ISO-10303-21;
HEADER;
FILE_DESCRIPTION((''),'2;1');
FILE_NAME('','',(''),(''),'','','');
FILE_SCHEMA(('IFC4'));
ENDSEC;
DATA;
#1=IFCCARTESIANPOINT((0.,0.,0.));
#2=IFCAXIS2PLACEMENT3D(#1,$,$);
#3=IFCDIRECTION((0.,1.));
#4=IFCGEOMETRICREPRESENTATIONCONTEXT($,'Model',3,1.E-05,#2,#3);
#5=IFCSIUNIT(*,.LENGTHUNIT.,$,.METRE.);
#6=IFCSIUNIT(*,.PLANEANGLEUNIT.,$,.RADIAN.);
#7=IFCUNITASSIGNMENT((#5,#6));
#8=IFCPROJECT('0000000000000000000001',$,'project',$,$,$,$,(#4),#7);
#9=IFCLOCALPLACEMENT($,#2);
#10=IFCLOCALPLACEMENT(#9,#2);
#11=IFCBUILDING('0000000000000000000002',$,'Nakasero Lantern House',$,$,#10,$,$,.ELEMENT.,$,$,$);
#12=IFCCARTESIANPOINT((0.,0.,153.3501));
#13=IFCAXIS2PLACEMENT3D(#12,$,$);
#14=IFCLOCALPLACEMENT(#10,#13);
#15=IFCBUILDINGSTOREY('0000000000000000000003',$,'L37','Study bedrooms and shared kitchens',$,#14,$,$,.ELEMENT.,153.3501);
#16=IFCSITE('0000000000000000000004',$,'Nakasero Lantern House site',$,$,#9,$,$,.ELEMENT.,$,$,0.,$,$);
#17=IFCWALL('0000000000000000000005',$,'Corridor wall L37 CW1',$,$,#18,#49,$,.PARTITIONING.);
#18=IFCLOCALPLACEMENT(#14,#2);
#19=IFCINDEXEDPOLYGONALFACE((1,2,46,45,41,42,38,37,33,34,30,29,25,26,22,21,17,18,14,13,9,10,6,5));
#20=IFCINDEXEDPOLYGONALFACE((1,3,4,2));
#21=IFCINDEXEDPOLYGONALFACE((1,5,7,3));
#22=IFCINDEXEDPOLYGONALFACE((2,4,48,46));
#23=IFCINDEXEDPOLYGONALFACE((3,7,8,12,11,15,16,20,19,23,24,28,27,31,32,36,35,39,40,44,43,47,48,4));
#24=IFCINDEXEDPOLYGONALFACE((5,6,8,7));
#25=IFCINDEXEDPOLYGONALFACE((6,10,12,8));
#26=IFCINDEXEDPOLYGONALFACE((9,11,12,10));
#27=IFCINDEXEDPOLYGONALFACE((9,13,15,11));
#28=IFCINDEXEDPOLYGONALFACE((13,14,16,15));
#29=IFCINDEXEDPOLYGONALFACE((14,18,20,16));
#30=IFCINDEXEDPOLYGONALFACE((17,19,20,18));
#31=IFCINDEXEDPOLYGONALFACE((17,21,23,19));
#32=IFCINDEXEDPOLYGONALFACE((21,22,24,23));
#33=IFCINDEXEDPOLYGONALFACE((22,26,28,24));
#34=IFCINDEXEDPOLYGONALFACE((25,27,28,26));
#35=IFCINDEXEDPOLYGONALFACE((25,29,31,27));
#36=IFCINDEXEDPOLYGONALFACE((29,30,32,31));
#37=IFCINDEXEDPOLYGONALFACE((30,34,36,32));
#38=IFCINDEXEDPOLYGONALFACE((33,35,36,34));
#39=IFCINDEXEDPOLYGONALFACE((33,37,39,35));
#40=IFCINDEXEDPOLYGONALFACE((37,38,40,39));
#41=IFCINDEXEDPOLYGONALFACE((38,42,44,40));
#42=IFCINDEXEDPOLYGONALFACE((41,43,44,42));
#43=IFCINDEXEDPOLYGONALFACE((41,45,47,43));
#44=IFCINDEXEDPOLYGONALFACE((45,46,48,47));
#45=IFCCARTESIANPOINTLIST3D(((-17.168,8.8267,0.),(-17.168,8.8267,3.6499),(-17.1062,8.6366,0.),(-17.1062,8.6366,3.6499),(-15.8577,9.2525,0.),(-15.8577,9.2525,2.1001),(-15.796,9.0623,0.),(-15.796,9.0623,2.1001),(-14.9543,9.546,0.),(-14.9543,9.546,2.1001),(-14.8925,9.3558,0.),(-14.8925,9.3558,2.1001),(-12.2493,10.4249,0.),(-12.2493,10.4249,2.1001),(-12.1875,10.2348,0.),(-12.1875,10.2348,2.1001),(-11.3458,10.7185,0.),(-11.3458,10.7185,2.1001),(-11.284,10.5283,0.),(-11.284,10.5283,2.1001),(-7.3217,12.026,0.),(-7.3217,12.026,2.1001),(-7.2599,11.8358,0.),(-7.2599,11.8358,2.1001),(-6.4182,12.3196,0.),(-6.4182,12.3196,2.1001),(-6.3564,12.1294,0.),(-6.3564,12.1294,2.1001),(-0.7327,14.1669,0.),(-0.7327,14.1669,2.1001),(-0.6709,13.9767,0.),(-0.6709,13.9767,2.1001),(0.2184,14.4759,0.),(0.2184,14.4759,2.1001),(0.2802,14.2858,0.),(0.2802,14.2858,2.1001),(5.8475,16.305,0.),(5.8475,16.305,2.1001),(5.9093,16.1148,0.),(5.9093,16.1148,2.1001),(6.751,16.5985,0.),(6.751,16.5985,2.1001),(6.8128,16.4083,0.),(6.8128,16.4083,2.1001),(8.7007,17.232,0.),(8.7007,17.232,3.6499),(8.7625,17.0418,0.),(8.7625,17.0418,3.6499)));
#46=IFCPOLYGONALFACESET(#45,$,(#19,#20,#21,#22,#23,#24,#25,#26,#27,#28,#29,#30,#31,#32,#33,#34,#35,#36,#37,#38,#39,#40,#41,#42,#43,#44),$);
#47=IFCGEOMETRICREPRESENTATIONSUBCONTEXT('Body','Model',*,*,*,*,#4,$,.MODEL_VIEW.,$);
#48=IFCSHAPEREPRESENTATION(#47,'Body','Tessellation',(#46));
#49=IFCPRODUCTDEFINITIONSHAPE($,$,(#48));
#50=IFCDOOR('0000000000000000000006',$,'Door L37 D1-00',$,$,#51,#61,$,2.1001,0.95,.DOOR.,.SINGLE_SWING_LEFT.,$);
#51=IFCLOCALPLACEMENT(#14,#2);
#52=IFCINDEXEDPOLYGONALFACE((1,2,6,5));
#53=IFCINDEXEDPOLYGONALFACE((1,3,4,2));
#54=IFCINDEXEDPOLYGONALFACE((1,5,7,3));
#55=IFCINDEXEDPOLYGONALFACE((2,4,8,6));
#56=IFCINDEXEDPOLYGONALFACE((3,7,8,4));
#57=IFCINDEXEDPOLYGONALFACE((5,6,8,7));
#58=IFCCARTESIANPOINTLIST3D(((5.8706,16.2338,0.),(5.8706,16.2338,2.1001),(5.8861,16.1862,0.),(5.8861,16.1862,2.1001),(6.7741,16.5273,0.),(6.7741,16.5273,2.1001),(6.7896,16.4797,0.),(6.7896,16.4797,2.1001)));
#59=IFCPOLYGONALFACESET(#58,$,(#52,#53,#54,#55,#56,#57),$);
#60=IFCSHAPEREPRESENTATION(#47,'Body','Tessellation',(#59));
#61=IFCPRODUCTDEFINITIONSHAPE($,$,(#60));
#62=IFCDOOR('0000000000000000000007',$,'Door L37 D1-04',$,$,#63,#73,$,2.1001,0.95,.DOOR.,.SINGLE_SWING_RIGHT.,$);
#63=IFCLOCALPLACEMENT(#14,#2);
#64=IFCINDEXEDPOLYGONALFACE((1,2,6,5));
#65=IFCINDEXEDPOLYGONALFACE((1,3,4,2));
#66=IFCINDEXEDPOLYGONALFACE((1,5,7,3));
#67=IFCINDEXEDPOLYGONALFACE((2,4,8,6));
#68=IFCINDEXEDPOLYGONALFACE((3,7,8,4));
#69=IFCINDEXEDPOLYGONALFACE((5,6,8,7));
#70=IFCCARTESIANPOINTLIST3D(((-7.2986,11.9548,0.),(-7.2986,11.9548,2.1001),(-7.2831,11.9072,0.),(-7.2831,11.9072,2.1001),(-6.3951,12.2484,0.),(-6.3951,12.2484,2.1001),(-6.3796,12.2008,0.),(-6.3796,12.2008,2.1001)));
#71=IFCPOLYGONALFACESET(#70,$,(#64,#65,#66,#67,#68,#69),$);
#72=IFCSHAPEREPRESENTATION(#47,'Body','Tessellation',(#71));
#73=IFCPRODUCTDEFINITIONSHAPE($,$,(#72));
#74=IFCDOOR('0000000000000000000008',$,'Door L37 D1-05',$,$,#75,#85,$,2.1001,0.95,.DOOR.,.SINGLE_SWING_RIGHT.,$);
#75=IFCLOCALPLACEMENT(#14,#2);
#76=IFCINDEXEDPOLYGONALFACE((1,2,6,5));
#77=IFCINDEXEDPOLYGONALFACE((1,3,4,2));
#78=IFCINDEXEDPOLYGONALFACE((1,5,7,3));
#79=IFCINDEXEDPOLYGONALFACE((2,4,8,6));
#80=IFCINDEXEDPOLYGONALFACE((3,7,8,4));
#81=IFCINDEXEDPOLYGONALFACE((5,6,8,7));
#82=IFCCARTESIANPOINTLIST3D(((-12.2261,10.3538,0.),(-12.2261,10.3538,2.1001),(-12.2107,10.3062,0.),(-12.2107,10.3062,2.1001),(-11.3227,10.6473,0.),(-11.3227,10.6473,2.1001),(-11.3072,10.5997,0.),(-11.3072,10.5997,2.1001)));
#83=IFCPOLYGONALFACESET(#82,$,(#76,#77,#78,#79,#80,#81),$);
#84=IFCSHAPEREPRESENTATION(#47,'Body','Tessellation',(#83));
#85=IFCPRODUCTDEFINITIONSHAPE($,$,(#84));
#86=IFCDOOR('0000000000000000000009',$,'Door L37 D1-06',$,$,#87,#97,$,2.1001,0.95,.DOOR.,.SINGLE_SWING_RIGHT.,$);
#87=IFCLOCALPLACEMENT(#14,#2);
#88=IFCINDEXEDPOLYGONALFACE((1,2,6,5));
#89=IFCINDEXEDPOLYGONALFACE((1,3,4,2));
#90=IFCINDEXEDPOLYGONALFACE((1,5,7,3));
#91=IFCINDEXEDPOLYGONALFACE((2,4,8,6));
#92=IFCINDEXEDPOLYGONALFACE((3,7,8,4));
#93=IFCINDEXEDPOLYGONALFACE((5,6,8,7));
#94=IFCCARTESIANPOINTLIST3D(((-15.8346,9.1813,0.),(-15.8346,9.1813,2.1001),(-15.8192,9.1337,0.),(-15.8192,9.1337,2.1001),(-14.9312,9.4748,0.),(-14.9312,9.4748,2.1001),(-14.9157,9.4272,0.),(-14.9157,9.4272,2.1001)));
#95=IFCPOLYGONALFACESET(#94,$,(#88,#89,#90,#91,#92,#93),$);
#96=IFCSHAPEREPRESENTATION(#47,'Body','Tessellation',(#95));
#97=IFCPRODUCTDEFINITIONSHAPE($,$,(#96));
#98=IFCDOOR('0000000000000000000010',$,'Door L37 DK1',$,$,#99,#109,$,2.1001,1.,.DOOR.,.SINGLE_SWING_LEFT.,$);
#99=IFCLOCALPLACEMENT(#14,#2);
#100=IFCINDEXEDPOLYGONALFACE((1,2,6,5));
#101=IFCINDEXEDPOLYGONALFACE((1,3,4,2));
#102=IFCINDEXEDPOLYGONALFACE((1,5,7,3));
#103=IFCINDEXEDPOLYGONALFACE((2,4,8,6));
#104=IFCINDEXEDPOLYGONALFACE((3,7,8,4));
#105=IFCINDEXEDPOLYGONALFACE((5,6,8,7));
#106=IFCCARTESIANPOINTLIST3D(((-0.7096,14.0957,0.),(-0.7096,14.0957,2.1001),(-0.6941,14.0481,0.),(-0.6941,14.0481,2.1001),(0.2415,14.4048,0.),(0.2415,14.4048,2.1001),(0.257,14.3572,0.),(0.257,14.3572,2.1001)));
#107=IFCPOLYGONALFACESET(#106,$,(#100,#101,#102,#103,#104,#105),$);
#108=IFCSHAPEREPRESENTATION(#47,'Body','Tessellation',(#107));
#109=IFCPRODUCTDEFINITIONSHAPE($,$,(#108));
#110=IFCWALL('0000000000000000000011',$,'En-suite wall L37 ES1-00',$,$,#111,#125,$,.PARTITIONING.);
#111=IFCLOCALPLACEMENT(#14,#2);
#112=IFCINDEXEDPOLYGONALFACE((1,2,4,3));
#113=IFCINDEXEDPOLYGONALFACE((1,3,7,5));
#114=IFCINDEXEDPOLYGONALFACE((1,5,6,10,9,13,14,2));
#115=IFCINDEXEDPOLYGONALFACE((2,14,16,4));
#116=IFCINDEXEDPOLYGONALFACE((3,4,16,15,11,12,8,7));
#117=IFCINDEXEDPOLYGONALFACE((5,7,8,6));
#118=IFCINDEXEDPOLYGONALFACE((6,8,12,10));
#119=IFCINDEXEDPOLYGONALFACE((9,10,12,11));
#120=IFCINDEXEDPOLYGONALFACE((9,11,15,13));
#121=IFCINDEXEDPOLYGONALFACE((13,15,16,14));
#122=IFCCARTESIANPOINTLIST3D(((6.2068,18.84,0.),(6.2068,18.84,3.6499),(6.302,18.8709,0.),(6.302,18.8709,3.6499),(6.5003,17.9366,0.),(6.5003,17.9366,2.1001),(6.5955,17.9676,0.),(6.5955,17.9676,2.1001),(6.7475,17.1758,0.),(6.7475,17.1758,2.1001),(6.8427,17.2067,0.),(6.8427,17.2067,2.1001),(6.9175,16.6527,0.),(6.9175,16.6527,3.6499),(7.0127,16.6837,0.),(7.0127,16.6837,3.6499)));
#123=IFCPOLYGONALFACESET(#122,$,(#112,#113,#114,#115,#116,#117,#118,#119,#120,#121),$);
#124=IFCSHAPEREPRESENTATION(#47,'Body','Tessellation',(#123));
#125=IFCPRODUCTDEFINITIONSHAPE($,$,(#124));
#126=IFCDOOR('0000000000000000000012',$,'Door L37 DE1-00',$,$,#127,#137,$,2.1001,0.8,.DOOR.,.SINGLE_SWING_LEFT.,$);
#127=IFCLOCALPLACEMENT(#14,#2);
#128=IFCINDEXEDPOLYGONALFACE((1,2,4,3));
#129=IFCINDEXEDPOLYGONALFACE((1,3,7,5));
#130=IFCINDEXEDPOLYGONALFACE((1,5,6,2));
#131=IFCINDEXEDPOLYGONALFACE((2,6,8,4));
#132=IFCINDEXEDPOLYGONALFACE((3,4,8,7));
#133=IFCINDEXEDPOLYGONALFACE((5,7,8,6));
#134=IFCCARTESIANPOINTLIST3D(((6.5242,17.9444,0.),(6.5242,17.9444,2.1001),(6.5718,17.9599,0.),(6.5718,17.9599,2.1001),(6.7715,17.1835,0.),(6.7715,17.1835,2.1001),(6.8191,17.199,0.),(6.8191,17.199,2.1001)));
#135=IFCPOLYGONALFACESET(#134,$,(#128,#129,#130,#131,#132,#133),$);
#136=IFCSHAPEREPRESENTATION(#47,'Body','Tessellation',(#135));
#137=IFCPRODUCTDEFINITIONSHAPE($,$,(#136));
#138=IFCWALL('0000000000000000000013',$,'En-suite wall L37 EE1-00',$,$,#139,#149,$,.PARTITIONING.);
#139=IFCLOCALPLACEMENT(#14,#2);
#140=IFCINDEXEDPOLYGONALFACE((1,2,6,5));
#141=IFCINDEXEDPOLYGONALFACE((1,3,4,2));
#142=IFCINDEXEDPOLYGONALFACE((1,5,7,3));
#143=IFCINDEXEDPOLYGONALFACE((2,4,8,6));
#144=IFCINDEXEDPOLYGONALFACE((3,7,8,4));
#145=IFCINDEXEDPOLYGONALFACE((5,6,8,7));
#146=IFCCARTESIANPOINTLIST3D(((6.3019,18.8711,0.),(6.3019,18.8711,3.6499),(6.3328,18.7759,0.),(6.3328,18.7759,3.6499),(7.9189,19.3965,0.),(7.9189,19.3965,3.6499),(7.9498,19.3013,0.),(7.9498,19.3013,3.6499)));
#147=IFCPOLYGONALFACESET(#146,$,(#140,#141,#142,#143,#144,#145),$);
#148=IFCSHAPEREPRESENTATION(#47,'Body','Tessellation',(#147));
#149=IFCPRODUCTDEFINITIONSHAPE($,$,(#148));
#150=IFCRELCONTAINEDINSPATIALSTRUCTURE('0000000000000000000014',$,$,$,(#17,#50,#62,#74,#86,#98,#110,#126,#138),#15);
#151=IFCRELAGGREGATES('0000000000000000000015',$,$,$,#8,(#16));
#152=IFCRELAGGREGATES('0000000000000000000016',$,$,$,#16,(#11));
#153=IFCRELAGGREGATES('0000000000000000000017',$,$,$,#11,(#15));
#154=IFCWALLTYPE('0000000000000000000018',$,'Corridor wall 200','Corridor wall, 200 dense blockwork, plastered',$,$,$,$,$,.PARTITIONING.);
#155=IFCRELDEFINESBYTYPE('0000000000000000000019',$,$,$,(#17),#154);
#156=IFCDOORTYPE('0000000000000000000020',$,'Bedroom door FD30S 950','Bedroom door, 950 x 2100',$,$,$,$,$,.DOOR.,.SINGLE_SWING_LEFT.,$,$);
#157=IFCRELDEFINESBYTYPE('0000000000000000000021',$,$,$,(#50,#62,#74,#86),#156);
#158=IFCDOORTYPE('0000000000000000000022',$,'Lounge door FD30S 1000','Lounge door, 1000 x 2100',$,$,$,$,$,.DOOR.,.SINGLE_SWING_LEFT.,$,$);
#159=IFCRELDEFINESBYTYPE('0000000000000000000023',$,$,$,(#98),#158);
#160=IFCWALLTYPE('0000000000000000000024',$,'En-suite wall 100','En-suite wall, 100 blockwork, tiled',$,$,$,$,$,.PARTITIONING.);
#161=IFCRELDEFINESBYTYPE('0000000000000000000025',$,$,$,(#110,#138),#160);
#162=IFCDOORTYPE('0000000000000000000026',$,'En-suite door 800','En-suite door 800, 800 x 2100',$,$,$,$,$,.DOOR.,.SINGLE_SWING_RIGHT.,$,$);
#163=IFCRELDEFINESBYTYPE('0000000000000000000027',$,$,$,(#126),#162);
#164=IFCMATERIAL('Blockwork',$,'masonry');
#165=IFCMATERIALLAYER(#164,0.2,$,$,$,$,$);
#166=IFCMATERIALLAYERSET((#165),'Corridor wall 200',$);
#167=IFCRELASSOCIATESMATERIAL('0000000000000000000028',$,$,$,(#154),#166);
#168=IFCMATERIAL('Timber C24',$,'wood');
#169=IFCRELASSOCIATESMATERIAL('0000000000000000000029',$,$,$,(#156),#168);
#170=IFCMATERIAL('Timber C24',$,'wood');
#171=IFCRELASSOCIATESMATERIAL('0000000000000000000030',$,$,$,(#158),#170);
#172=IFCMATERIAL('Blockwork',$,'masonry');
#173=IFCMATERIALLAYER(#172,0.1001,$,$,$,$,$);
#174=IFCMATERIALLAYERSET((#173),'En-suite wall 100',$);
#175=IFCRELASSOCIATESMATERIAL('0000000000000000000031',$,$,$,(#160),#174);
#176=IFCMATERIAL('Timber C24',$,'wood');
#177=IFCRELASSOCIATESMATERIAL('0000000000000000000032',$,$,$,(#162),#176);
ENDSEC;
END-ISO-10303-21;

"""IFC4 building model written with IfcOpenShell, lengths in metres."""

from ifc_helpers import new_model, si_unit, direction, frame, frame_2d, origin, place, context, subcontext, project, spatial, rectangle, extrude, material, layer, layer_set, type_object, element, fill, save


model = new_model("IFC4")

# Units and contexts
model_context = context("Model", 3, precision=1e-05, world=origin(), true_north=direction((0.0, 1.0)))
body_context = subcontext(model_context, "Body", "Model", "MODEL_VIEW")
ifc_project = project(units=[si_unit("LENGTHUNIT", "METRE"), si_unit("PLANEANGLEUNIT", "RADIAN")], contexts=[model_context])

# Site, building, storey
site_placement = place(None, origin())
site = spatial("IfcSite", under=ifc_project, at=site_placement, Name="Nakasero Lantern House site", CompositionType="ELEMENT", RefElevation=0.0)
building_placement = place(site_placement, origin())
building = spatial("IfcBuilding", under=site, at=building_placement, Name="Nakasero Lantern House", CompositionType="ELEMENT")
storey_placement = place(building_placement, frame((0.0, 0.0, 153.3501)))
storey = spatial("IfcBuildingStorey", under=building, at=storey_placement, Name="L37", Description="Study bedrooms and shared kitchens", CompositionType="ELEMENT", Elevation=153.3501)

# Wall, openings, doors
ifc_material_1 = material(Name="Blockwork", Category="masonry")
ifc_layer_1 = layer(ifc_material_1, 0.2)
ifc_layer_set_1 = layer_set([ifc_layer_1], Name="Corridor wall 200")
wall_type_1 = type_object("IfcWallType", Name="Corridor wall 200", Description="Corridor wall, 200 dense blockwork, plastered", PredefinedType="PARTITIONING", material=ifc_layer_set_1)
wall_1_placement = place(storey_placement, frame((8.7317, 17.137, 0.0), z_axis=(0.0, 0.0, 1.0), x_axis=(-0.951056, -0.309018, 0.0)))
wall_1 = element("IfcWall", 1, at=wall_1_placement, inside=storey, type_object=wall_type_1, Name="Corridor wall L37 CW1", PredefinedType="PARTITIONING", context=body_context, shape_type="SweptSolid", body=[
    extrude(rectangle(XDim=27.2, YDim=0.2, at=frame_2d((13.6001, 0.0))), origin(), (0.0, 0.0, 1.0), 3.6499),
])
opening_1_placement = place(wall_1_placement, frame((2.05, 0.0, 0.0)))
opening_1 = element("IfcOpeningElement", 2, at=opening_1_placement, cuts=wall_1, PredefinedType="OPENING", context=body_context, shape_type="SweptSolid", body=[
    extrude(rectangle(XDim=0.95, YDim=2.1001, at=frame_2d((0.4751, 1.05))), frame((0.0, 0.1199, 0.0), z_axis=(0.0, -1.0, 0.0), x_axis=(1.0, 0.0, 0.0)), (0.0, 0.0, 1.0), 0.24),
])
opening_2_placement = place(wall_1_placement, frame((15.897, 0.0, 0.0)))
opening_2 = element("IfcOpeningElement", 3, at=opening_2_placement, cuts=wall_1, PredefinedType="OPENING", context=body_context, shape_type="SweptSolid", body=[
    extrude(rectangle(XDim=0.95, YDim=2.1001, at=frame_2d((0.4751, 1.05))), frame((0.0, 0.1199, 0.0), z_axis=(0.0, -1.0, 0.0), x_axis=(1.0, 0.0, 0.0)), (0.0, 0.0, 1.0), 0.24),
])
opening_3_placement = place(wall_1_placement, frame((21.0781, 0.0, 0.0)))
opening_3 = element("IfcOpeningElement", 4, at=opening_3_placement, cuts=wall_1, PredefinedType="OPENING", context=body_context, shape_type="SweptSolid", body=[
    extrude(rectangle(XDim=0.95, YDim=2.1001, at=frame_2d((0.4751, 1.05))), frame((0.0, 0.1199, 0.0), z_axis=(0.0, -1.0, 0.0), x_axis=(1.0, 0.0, 0.0)), (0.0, 0.0, 1.0), 0.24),
])
opening_4_placement = place(wall_1_placement, frame((24.8723, 0.0, 0.0)))
opening_4 = element("IfcOpeningElement", 5, at=opening_4_placement, cuts=wall_1, PredefinedType="OPENING", context=body_context, shape_type="SweptSolid", body=[
    extrude(rectangle(XDim=0.95, YDim=2.1001, at=frame_2d((0.4751, 1.05))), frame((0.0, 0.1199, 0.0), z_axis=(0.0, -1.0, 0.0), x_axis=(1.0, 0.0, 0.0)), (0.0, 0.0, 1.0), 0.24),
])
opening_5_placement = place(wall_1_placement, frame((8.9189, 0.0, 0.0)))
opening_5 = element("IfcOpeningElement", 6, at=opening_5_placement, cuts=wall_1, PredefinedType="OPENING", context=body_context, shape_type="SweptSolid", body=[
    extrude(rectangle(XDim=1.0, YDim=2.1001, at=frame_2d((0.5, 1.05))), frame((0.0, 0.1199, 0.0), z_axis=(0.0, -1.0, 0.0), x_axis=(1.0, 0.0, 0.0)), (0.0, 0.0, 1.0), 0.24),
])
ifc_material_2 = material(Name="Timber C24", Category="wood")
door_type_1 = type_object("IfcDoorType", Name="Bedroom door FD30S 950", Description="Bedroom door, 950 x 2100", OperationType="SINGLE_SWING_LEFT", PredefinedType="DOOR", material=ifc_material_2)
door_1_placement = place(opening_1_placement, origin())
door_1 = element("IfcDoor", 7, at=door_1_placement, inside=storey, type_object=door_type_1, Name="Door L37 D1-00", OperationType="SINGLE_SWING_LEFT", OverallHeight=2.1001, OverallWidth=0.95, PredefinedType="DOOR", context=body_context, shape_type="SweptSolid", body=[
    extrude(rectangle(XDim=0.95, YDim=2.1001, at=frame_2d((0.4751, 1.05))), frame((0.0, 0.0249, 0.0), z_axis=(0.0, -1.0, 0.0), x_axis=(1.0, 0.0, 0.0)), (0.0, 0.0, 1.0), 0.05),
])
fill(opening_1, door_1)
door_2_placement = place(opening_2_placement, origin())
door_2 = element("IfcDoor", 8, at=door_2_placement, inside=storey, type_object=door_type_1, Name="Door L37 D1-04", OperationType="SINGLE_SWING_RIGHT", OverallHeight=2.1001, OverallWidth=0.95, PredefinedType="DOOR", context=body_context, shape_type="SweptSolid", body=[
    extrude(rectangle(XDim=0.95, YDim=2.1001, at=frame_2d((0.4751, 1.05))), frame((0.0, 0.0249, 0.0), z_axis=(0.0, -1.0, 0.0), x_axis=(1.0, 0.0, 0.0)), (0.0, 0.0, 1.0), 0.05),
])
fill(opening_2, door_2)
door_3_placement = place(opening_3_placement, origin())
door_3 = element("IfcDoor", 9, at=door_3_placement, inside=storey, type_object=door_type_1, Name="Door L37 D1-05", OperationType="SINGLE_SWING_RIGHT", OverallHeight=2.1001, OverallWidth=0.95, PredefinedType="DOOR", context=body_context, shape_type="SweptSolid", body=[
    extrude(rectangle(XDim=0.95, YDim=2.1001, at=frame_2d((0.4751, 1.05))), frame((0.0, 0.0249, 0.0), z_axis=(0.0, -1.0, 0.0), x_axis=(1.0, 0.0, 0.0)), (0.0, 0.0, 1.0), 0.05),
])
fill(opening_3, door_3)
door_4_placement = place(opening_4_placement, origin())
door_4 = element("IfcDoor", 10, at=door_4_placement, inside=storey, type_object=door_type_1, Name="Door L37 D1-06", OperationType="SINGLE_SWING_RIGHT", OverallHeight=2.1001, OverallWidth=0.95, PredefinedType="DOOR", context=body_context, shape_type="SweptSolid", body=[
    extrude(rectangle(XDim=0.95, YDim=2.1001, at=frame_2d((0.4751, 1.05))), frame((0.0, 0.0249, 0.0), z_axis=(0.0, -1.0, 0.0), x_axis=(1.0, 0.0, 0.0)), (0.0, 0.0, 1.0), 0.05),
])
fill(opening_4, door_4)
ifc_material_3 = material(Name="Timber C24", Category="wood")
door_type_2 = type_object("IfcDoorType", Name="Lounge door FD30S 1000", Description="Lounge door, 1000 x 2100", OperationType="SINGLE_SWING_LEFT", PredefinedType="DOOR", material=ifc_material_3)
door_5_placement = place(opening_5_placement, origin())
door_5 = element("IfcDoor", 11, at=door_5_placement, inside=storey, type_object=door_type_2, Name="Door L37 DK1", OperationType="SINGLE_SWING_LEFT", OverallHeight=2.1001, OverallWidth=1.0, PredefinedType="DOOR", context=body_context, shape_type="SweptSolid", body=[
    extrude(rectangle(XDim=1.0, YDim=2.1001, at=frame_2d((0.5, 1.05))), frame((0.0, 0.0249, 0.0), z_axis=(0.0, -1.0, 0.0), x_axis=(1.0, 0.0, 0.0)), (0.0, 0.0, 1.0), 0.05),
])
fill(opening_5, door_5)

# Wall, opening, door
ifc_material_4 = material(Name="Blockwork", Category="masonry")
ifc_layer_2 = layer(ifc_material_4, 0.1001)
ifc_layer_set_2 = layer_set([ifc_layer_2], Name="En-suite wall 100")
wall_type_2 = type_object("IfcWallType", Name="En-suite wall 100", Description="En-suite wall, 100 blockwork, tiled", PredefinedType="PARTITIONING", material=ifc_layer_set_2)
wall_2_placement = place(storey_placement, frame((6.9651, 16.6682, 0.0), z_axis=(0.0, 0.0, 1.0), x_axis=(-0.309021, 0.951055, 0.0)))
wall_2 = element("IfcWall", 12, at=wall_2_placement, inside=storey, type_object=wall_type_2, Name="En-suite wall L37 ES1-00", PredefinedType="PARTITIONING", context=body_context, shape_type="SweptSolid", body=[
    extrude(rectangle(XDim=2.2998, YDim=0.1001, at=frame_2d((1.1499, 0.0))), origin(), (0.0, 0.0, 1.0), 3.6499),
])
opening_6_placement = place(wall_2_placement, frame((0.55, 0.0, 0.0)))
opening_6 = element("IfcOpeningElement", 13, at=opening_6_placement, cuts=wall_2, PredefinedType="OPENING", context=body_context, shape_type="SweptSolid", body=[
    extrude(rectangle(XDim=0.8, YDim=2.1001, at=frame_2d((0.3999, 1.05))), frame((0.0, 0.0701, 0.0), z_axis=(0.0, -1.0, 0.0), x_axis=(1.0, 0.0, 0.0)), (0.0, 0.0, 1.0), 0.1401),
])
ifc_material_5 = material(Name="Timber C24", Category="wood")
door_type_3 = type_object("IfcDoorType", Name="En-suite door 800", Description="En-suite door 800, 800 x 2100", OperationType="SINGLE_SWING_RIGHT", PredefinedType="DOOR", material=ifc_material_5)
door_6_placement = place(opening_6_placement, origin())
door_6 = element("IfcDoor", 14, at=door_6_placement, inside=storey, type_object=door_type_3, Name="Door L37 DE1-00", OperationType="SINGLE_SWING_LEFT", OverallHeight=2.1001, OverallWidth=0.8, PredefinedType="DOOR", context=body_context, shape_type="SweptSolid", body=[
    extrude(rectangle(XDim=0.8, YDim=2.1001, at=frame_2d((0.3999, 1.05))), frame((0.0, 0.0249, 0.0), z_axis=(0.0, -1.0, 0.0), x_axis=(1.0, 0.0, 0.0)), (0.0, 0.0, 1.0), 0.05),
])
fill(opening_6, door_6)

# Wall
wall_3_placement = place(storey_placement, frame((7.9343, 19.3489, 0.0), z_axis=(0.0, 0.0, 1.0), x_axis=(-0.951054, -0.309024, 0.0)))
element("IfcWall", 15, at=wall_3_placement, inside=storey, type_object=wall_type_2, Name="En-suite wall L37 EE1-00", PredefinedType="PARTITIONING", context=body_context, shape_type="SweptSolid", body=[
    extrude(rectangle(XDim=1.7002, YDim=0.1001, at=frame_2d((0.8501, 0.0))), origin(), (0.0, 0.0, 1.0), 3.6499),
])

save(model, "model.ifc")
